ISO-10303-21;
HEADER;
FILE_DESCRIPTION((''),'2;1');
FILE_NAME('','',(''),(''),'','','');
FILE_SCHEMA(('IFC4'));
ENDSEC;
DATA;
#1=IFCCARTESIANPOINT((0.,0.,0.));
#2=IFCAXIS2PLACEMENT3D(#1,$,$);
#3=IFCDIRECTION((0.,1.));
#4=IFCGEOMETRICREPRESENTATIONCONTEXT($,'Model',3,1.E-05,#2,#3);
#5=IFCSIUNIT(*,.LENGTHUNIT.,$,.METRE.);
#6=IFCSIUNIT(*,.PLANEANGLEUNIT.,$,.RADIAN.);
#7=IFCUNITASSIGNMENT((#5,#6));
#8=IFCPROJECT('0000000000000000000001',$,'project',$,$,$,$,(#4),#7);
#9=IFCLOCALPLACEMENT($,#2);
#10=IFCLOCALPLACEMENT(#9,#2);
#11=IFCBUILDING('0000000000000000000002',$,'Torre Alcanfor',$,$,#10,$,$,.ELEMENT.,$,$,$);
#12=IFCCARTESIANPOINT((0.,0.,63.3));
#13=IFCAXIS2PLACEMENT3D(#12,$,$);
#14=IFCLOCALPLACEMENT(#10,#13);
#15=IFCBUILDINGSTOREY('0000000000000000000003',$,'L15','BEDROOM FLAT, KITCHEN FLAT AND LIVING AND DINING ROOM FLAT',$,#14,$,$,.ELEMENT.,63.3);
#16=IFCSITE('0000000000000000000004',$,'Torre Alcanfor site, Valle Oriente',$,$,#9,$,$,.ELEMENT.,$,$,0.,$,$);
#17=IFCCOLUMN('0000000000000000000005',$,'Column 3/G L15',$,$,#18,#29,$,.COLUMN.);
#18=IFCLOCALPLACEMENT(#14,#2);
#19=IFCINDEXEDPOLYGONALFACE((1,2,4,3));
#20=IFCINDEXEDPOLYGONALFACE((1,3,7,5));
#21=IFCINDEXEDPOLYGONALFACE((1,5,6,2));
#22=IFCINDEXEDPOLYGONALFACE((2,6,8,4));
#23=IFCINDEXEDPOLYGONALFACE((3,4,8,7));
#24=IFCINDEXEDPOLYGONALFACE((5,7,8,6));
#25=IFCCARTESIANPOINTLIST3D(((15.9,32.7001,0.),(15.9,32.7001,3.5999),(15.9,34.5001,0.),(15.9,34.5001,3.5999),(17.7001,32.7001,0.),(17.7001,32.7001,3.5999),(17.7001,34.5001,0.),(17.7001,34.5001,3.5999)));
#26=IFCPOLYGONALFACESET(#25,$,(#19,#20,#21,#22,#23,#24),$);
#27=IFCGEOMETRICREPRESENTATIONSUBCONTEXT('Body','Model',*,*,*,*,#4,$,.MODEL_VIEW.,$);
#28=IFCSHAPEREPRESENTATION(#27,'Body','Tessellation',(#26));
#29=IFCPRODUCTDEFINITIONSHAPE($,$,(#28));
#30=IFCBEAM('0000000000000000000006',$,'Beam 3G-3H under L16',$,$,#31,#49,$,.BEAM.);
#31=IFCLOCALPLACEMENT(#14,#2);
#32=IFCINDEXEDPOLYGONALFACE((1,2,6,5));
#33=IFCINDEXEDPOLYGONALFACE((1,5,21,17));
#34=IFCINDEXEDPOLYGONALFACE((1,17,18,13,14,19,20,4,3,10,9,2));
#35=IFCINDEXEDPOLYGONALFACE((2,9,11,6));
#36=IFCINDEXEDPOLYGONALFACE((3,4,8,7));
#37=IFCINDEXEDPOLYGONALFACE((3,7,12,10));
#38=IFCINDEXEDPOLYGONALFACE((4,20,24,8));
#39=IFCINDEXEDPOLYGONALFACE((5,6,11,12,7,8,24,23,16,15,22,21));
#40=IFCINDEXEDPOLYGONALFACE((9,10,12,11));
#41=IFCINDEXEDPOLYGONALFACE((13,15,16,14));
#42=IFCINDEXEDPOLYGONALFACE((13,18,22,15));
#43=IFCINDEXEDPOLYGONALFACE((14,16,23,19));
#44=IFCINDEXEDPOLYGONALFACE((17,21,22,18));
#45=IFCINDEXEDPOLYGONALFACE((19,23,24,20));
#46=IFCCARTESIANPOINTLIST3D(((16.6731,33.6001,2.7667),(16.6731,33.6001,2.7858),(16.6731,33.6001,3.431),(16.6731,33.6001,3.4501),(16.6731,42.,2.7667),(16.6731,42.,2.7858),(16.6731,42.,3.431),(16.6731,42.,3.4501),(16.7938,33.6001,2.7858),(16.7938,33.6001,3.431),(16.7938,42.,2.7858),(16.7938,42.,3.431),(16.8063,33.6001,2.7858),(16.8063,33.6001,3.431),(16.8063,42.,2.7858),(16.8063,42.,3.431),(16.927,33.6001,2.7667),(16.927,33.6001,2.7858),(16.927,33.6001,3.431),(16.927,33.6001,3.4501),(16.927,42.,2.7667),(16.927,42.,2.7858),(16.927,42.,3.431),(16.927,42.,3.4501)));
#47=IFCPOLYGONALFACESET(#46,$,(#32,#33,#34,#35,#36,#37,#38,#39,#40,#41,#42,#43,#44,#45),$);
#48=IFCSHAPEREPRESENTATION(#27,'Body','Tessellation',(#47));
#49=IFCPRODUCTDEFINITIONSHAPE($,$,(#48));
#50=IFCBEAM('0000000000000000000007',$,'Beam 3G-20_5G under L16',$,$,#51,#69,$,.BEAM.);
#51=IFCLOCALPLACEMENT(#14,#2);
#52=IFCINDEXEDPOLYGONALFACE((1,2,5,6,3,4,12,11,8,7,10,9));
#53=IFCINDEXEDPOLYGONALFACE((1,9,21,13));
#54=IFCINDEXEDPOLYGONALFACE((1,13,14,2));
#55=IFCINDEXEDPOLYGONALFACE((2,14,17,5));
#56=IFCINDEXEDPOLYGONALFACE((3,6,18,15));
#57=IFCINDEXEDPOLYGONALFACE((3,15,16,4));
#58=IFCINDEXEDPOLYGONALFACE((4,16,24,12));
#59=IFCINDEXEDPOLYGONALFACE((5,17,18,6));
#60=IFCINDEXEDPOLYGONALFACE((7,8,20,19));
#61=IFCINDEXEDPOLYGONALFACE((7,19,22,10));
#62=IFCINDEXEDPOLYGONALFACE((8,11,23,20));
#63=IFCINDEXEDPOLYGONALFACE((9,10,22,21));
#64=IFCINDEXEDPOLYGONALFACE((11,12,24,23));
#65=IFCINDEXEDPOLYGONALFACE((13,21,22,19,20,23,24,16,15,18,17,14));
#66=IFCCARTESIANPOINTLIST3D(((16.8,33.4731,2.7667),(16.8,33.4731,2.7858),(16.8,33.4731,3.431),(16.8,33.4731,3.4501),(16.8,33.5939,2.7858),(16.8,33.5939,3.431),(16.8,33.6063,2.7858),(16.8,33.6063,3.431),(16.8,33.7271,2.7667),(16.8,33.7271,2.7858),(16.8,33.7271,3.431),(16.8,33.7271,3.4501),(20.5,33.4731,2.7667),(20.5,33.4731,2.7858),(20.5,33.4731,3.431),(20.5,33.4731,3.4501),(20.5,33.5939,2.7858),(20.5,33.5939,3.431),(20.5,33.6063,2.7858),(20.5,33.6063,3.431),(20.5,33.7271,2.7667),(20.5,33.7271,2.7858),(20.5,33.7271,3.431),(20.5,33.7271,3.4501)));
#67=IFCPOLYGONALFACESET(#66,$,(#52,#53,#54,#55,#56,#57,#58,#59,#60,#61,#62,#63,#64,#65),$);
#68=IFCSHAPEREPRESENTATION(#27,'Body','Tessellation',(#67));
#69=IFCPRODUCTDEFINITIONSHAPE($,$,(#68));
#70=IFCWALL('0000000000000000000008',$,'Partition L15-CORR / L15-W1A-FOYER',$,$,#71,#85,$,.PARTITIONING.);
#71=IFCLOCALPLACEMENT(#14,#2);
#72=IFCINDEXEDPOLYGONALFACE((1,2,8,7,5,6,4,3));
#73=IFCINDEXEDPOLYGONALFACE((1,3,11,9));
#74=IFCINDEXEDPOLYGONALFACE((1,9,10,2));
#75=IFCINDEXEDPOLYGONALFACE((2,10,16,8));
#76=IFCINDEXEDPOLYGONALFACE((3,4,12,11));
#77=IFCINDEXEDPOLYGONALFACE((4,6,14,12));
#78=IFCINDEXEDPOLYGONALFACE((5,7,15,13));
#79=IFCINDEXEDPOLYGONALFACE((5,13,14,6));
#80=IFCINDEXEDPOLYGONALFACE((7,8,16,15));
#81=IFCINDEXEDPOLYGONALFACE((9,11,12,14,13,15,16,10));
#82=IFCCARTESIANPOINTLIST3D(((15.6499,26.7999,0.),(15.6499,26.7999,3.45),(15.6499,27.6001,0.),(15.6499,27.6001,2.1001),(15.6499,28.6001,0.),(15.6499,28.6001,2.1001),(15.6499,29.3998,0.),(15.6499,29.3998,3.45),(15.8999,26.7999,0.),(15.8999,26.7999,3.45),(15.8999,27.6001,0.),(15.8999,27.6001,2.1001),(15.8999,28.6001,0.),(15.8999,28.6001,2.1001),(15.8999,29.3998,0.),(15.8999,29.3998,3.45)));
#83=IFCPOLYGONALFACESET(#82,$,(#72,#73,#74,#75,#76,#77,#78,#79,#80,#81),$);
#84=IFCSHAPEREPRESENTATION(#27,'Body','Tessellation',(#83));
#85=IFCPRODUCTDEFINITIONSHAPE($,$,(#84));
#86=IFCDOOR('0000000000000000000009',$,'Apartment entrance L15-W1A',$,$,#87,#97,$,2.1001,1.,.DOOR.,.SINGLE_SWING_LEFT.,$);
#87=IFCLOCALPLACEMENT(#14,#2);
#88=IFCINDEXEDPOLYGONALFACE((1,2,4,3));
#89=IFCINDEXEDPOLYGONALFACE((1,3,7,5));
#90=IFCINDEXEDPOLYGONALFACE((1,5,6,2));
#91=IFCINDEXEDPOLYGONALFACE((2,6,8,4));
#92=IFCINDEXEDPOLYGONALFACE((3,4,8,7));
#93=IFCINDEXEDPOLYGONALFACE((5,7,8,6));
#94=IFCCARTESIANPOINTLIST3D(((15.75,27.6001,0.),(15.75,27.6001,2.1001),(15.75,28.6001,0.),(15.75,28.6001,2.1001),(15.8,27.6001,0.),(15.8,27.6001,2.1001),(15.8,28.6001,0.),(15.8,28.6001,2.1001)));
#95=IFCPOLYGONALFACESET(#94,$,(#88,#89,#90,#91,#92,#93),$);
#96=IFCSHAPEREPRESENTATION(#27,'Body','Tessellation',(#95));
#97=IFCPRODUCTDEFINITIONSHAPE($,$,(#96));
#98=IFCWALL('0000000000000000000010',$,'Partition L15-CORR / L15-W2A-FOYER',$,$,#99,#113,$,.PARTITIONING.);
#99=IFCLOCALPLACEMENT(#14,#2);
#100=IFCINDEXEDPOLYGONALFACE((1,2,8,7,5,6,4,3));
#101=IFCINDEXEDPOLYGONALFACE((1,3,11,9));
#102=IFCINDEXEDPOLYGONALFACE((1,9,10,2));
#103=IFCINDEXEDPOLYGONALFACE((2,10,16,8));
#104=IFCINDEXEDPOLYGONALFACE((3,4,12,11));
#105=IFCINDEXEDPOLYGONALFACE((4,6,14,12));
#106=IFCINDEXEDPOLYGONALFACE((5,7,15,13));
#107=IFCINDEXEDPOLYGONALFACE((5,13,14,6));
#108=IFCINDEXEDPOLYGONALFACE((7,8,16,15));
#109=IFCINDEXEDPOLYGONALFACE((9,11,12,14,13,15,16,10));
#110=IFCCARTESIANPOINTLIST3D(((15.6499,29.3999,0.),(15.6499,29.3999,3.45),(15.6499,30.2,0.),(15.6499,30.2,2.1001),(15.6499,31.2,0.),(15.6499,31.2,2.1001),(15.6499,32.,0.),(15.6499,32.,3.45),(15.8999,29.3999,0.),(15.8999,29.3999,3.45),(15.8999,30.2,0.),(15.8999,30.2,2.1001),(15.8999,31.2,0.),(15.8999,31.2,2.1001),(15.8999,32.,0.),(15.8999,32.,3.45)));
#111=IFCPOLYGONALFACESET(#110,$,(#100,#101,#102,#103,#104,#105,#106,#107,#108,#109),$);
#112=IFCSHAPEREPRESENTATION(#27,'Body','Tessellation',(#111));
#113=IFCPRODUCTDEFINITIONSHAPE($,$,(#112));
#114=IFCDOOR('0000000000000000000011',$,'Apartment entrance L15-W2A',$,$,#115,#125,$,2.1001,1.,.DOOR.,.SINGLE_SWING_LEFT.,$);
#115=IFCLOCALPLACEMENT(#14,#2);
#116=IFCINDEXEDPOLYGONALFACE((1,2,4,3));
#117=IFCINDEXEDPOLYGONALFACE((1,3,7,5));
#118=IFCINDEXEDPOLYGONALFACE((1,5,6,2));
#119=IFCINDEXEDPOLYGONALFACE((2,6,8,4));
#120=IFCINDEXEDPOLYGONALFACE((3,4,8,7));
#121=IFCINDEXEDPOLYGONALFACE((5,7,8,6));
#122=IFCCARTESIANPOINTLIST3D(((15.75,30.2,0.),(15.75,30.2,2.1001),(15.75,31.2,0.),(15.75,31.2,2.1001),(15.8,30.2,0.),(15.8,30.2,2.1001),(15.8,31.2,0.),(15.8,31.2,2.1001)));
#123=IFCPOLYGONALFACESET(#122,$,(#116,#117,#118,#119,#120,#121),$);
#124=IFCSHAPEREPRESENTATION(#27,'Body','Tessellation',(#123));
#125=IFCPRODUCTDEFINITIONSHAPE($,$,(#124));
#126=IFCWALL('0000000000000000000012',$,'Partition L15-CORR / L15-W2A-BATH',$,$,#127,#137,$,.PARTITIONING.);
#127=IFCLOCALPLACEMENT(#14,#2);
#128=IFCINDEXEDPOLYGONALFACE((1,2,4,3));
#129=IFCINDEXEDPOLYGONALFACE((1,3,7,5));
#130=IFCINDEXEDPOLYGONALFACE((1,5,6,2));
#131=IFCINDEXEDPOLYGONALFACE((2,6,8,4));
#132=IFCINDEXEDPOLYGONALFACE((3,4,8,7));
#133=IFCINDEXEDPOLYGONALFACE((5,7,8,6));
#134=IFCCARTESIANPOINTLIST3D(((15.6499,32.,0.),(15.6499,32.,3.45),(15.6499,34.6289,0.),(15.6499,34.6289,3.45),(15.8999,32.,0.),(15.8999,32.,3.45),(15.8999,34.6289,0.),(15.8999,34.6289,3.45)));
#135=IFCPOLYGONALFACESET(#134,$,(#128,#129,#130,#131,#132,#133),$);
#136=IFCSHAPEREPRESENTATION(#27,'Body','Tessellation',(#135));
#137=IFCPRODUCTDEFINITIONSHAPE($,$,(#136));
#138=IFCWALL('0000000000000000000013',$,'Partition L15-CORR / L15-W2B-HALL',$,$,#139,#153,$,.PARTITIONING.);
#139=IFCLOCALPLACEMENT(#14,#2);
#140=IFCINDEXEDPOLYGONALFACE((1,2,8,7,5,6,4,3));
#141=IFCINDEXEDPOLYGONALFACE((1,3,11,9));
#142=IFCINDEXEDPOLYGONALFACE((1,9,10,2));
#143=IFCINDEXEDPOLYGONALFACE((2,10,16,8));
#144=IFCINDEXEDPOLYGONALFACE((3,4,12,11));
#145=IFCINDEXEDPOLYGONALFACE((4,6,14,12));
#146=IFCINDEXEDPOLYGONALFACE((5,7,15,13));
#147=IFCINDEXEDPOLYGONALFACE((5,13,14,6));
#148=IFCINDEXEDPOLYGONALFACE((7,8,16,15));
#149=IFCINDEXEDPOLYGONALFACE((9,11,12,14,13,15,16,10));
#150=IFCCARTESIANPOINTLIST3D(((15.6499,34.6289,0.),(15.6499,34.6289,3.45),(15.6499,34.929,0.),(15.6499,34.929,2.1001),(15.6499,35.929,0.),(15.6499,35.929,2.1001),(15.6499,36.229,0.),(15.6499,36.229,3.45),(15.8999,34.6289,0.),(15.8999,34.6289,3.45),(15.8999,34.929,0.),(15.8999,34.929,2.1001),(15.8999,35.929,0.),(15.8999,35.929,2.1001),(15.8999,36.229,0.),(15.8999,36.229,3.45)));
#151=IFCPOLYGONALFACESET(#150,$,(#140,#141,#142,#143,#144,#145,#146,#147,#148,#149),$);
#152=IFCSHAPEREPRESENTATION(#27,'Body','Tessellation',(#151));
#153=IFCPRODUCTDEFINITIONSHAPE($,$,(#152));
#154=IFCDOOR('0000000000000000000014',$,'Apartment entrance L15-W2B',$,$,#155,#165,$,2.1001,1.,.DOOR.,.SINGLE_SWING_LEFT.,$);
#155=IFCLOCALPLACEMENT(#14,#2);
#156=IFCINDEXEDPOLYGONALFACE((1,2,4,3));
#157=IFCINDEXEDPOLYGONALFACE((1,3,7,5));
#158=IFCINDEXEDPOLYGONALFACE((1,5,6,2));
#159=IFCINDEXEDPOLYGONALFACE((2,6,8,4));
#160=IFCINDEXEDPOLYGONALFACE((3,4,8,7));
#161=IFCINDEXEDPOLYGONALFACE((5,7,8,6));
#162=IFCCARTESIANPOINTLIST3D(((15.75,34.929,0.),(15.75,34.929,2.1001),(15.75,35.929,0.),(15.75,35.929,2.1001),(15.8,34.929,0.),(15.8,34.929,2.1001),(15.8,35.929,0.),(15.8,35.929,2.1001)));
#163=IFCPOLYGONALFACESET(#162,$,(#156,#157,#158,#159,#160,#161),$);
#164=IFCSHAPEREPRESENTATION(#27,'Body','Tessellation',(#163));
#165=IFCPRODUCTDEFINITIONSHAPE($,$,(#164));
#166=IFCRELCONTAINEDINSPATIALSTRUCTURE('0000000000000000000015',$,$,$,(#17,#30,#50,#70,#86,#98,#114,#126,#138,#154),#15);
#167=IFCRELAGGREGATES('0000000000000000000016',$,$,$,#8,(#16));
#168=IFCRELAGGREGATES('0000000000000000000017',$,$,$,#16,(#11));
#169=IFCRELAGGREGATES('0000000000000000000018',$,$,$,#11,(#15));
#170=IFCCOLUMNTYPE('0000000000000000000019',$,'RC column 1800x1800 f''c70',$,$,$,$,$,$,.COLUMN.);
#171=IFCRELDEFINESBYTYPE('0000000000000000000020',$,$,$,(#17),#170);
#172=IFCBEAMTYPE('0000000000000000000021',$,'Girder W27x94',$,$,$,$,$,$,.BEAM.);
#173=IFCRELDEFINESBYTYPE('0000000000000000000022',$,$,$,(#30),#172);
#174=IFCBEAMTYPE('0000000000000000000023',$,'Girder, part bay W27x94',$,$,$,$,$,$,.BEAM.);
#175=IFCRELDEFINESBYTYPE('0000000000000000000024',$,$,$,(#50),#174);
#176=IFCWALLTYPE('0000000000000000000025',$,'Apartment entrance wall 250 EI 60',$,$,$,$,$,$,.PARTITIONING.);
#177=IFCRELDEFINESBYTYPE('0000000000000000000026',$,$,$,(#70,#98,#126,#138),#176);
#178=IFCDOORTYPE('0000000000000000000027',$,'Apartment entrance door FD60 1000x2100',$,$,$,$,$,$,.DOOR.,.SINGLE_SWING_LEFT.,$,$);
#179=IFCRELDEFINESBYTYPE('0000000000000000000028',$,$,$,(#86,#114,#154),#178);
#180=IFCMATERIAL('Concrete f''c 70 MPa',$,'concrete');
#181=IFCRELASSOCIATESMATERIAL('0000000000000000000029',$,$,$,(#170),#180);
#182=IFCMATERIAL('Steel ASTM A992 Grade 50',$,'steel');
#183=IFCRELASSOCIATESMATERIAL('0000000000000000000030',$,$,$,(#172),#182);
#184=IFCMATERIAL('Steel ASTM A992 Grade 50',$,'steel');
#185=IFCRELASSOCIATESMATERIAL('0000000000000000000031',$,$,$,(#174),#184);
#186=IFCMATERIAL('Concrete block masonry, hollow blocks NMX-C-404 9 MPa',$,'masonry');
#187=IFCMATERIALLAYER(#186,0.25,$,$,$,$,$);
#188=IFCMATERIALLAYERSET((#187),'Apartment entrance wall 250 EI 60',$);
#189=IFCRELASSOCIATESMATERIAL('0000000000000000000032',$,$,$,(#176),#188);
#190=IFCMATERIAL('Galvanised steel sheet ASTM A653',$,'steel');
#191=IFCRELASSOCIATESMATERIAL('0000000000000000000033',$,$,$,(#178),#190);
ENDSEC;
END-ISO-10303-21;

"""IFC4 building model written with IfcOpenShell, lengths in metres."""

from ifc_helpers import new_model, si_unit, direction, frame, frame_2d, origin, origin_2d, place, context, subcontext, project, spatial, rectangle, i_section, extrude, material, layer, layer_set, material_profile, profile_set, type_object, element, fill, save


model = new_model("IFC4")

# Units and contexts
model_context = context("Model", 3, precision=1e-05, world=origin(), true_north=direction((0.0, 1.0)))
body_context = subcontext(model_context, "Body", "Model", "MODEL_VIEW")
ifc_project = project(units=[si_unit("LENGTHUNIT", "METRE"), si_unit("PLANEANGLEUNIT", "RADIAN")], contexts=[model_context])

# Site, building, storey
site_placement = place(None, origin())
site = spatial("IfcSite", under=ifc_project, at=site_placement, Name="Torre Alcanfor site, Valle Oriente", CompositionType="ELEMENT", RefElevation=0.0)
building_placement = place(site_placement, origin())
building = spatial("IfcBuilding", under=site, at=building_placement, Name="Torre Alcanfor", CompositionType="ELEMENT")
storey_placement = place(building_placement, frame((0.0, 0.0, 63.3)))
storey = spatial("IfcBuildingStorey", under=building, at=storey_placement, Name="L15", Description="BEDROOM FLAT, KITCHEN FLAT AND LIVING AND DINING ROOM FLAT", CompositionType="ELEMENT", Elevation=63.3)

# Column
ifc_material_1 = material(Name="Concrete f'c 70 MPa", Category="concrete")
ifc_material_profile_1 = material_profile(ifc_material_1, rectangle(XDim=1.8, YDim=1.8, at=origin_2d()), Name="1800x1800")
ifc_profile_set_1 = profile_set([ifc_material_profile_1], Name="Concrete f'c 70 MPa")
column_type = type_object("IfcColumnType", Name="RC column 1800x1800 f'c70", PredefinedType="COLUMN", material=ifc_profile_set_1)
column_placement = place(storey_placement, frame((16.8, 33.6001, 0.0), z_axis=(0.0, 0.0, 1.0), x_axis=(1.0, 0.0, 0.0)))
element("IfcColumn", 1, at=column_placement, inside=storey, type_object=column_type, Name="Column 3/G L15", PredefinedType="COLUMN", context=body_context, shape_type="SweptSolid", body=[
    extrude(rectangle(XDim=1.8, YDim=1.8, at=origin_2d()), origin(), (0.0, 0.0, 1.0), 3.5999),
])

# Beams
ifc_material_2 = material(Name="Steel ASTM A992 Grade 50", Category="steel")
ifc_material_profile_2 = material_profile(ifc_material_2, i_section(OverallWidth=0.2539, OverallDepth=0.6833, WebThickness=0.0125, FlangeThickness=0.019, at=origin_2d()), Name="W27x94")
ifc_profile_set_2 = profile_set([ifc_material_profile_2], Name="Steel ASTM A992 Grade 50")
beam_type_1 = type_object("IfcBeamType", Name="Girder W27x94", PredefinedType="BEAM", material=ifc_profile_set_2)
beam_1_placement = place(storey_placement, frame((16.8, 33.6001, 3.1084), z_axis=(0.0, 1.0, 0.0), x_axis=(-1.0, 0.0, 0.0)))
element("IfcBeam", 2, at=beam_1_placement, inside=storey, type_object=beam_type_1, Name="Beam 3G-3H under L16", PredefinedType="BEAM", context=body_context, shape_type="SweptSolid", body=[
    extrude(i_section(OverallWidth=0.2539, OverallDepth=0.6833, WebThickness=0.0125, FlangeThickness=0.019, at=origin_2d()), origin(), (0.0, 0.0, 1.0), 8.3999),
])
ifc_material_3 = material(Name="Steel ASTM A992 Grade 50", Category="steel")
ifc_material_profile_3 = material_profile(ifc_material_3, i_section(OverallWidth=0.2539, OverallDepth=0.6833, WebThickness=0.0125, FlangeThickness=0.019, at=origin_2d()), Name="W27x94")
ifc_profile_set_3 = profile_set([ifc_material_profile_3], Name="Steel ASTM A992 Grade 50")
beam_type_2 = type_object("IfcBeamType", Name="Girder, part bay W27x94", PredefinedType="BEAM", material=ifc_profile_set_3)
beam_2_placement = place(storey_placement, frame((16.8, 33.6001, 3.1084), z_axis=(1.0, 0.0, 0.0), x_axis=(0.0, 1.0, 0.0)))
element("IfcBeam", 3, at=beam_2_placement, inside=storey, type_object=beam_type_2, Name="Beam 3G-20_5G under L16", PredefinedType="BEAM", context=body_context, shape_type="SweptSolid", body=[
    extrude(i_section(OverallWidth=0.2539, OverallDepth=0.6833, WebThickness=0.0125, FlangeThickness=0.019, at=origin_2d()), origin(), (0.0, 0.0, 1.0), 3.7),
])

# Walls, openings, doors
ifc_material_4 = material(Name="Concrete block masonry, hollow blocks NMX-C-404 9 MPa", Category="masonry")
ifc_layer_1 = layer(ifc_material_4, 0.25)
ifc_layer_set_1 = layer_set([ifc_layer_1], Name="Apartment entrance wall 250 EI 60")
wall_type_1 = type_object("IfcWallType", Name="Apartment entrance wall 250 EI 60", PredefinedType="PARTITIONING", material=ifc_layer_set_1)
wall_1_placement = place(storey_placement, frame((15.7749, 26.8, 0.0), z_axis=(0.0, 0.0, 1.0), x_axis=(0.0, 1.0, 0.0)))
wall_1 = element("IfcWall", 4, at=wall_1_placement, inside=storey, type_object=wall_type_1, Name="Partition L15-CORR / L15-W1A-FOYER", PredefinedType="PARTITIONING", context=body_context, shape_type="SweptSolid", body=[
    extrude(rectangle(XDim=2.5999, YDim=0.25, at=frame_2d((1.2998, 0.0))), origin(), (0.0, 0.0, 1.0), 3.45),
])
opening_1_placement = place(wall_1_placement, frame((0.8, 0.0, 0.0)))
opening_1 = element("IfcOpeningElement", 5, at=opening_1_placement, cuts=wall_1, PredefinedType="OPENING", context=body_context, shape_type="SweptSolid", body=[
    extrude(rectangle(XDim=1.0, YDim=2.1001, at=frame_2d((0.5, 1.05))), frame((0.0, 0.135, 0.0), z_axis=(0.0, -1.0, 0.0), x_axis=(1.0, 0.0, 0.0)), (0.0, 0.0, 1.0), 0.27),
])
ifc_material_5 = material(Name="Galvanised steel sheet ASTM A653", Category="steel")
door_type_1 = type_object("IfcDoorType", Name="Apartment entrance door FD60 1000x2100", OperationType="SINGLE_SWING_LEFT", PredefinedType="DOOR", material=ifc_material_5)
door_1_placement = place(opening_1_placement, origin())
door_1 = element("IfcDoor", 6, at=door_1_placement, inside=storey, type_object=door_type_1, Name="Apartment entrance L15-W1A", OperationType="SINGLE_SWING_LEFT", OverallHeight=2.1001, OverallWidth=1.0, PredefinedType="DOOR", context=body_context, shape_type="SweptSolid", body=[
    extrude(rectangle(XDim=1.0, YDim=2.1001, at=frame_2d((0.5, 1.05))), frame((0.0, 0.0249, 0.0), z_axis=(0.0, -1.0, 0.0), x_axis=(1.0, 0.0, 0.0)), (0.0, 0.0, 1.0), 0.05),
])
fill(opening_1, door_1)
wall_2_placement = place(storey_placement, frame((15.7749, 29.3999, 0.0), z_axis=(0.0, 0.0, 1.0), x_axis=(0.0, 1.0, 0.0)))
wall_2 = element("IfcWall", 7, at=wall_2_placement, inside=storey, type_object=wall_type_1, Name="Partition L15-CORR / L15-W2A-FOYER", PredefinedType="PARTITIONING", context=body_context, shape_type="SweptSolid", body=[
    extrude(rectangle(XDim=2.6001, YDim=0.25, at=frame_2d((1.3, 0.0))), origin(), (0.0, 0.0, 1.0), 3.45),
])
opening_2_placement = place(wall_2_placement, frame((0.8, 0.0, 0.0)))
opening_2 = element("IfcOpeningElement", 8, at=opening_2_placement, cuts=wall_2, PredefinedType="OPENING", context=body_context, shape_type="SweptSolid", body=[
    extrude(rectangle(XDim=1.0, YDim=2.1001, at=frame_2d((0.5, 1.05))), frame((0.0, 0.135, 0.0), z_axis=(0.0, -1.0, 0.0), x_axis=(1.0, 0.0, 0.0)), (0.0, 0.0, 1.0), 0.27),
])
door_2_placement = place(opening_2_placement, origin())
door_2 = element("IfcDoor", 9, at=door_2_placement, inside=storey, type_object=door_type_1, Name="Apartment entrance L15-W2A", OperationType="SINGLE_SWING_LEFT", OverallHeight=2.1001, OverallWidth=1.0, PredefinedType="DOOR", context=body_context, shape_type="SweptSolid", body=[
    extrude(rectangle(XDim=1.0, YDim=2.1001, at=frame_2d((0.5, 1.05))), frame((0.0, 0.0249, 0.0), z_axis=(0.0, -1.0, 0.0), x_axis=(1.0, 0.0, 0.0)), (0.0, 0.0, 1.0), 0.05),
])
fill(opening_2, door_2)

# Wall
wall_3_placement = place(storey_placement, frame((15.7749, 32.0, 0.0), z_axis=(0.0, 0.0, 1.0), x_axis=(0.0, 1.0, 0.0)))
element("IfcWall", 10, at=wall_3_placement, inside=storey, type_object=wall_type_1, Name="Partition L15-CORR / L15-W2A-BATH", PredefinedType="PARTITIONING", context=body_context, shape_type="SweptSolid", body=[
    extrude(rectangle(XDim=2.6289, YDim=0.25, at=frame_2d((1.3145, 0.0))), origin(), (0.0, 0.0, 1.0), 3.45),
])

# Wall, opening, door
wall_4_placement = place(storey_placement, frame((15.7749, 34.6289, 0.0), z_axis=(0.0, 0.0, 1.0), x_axis=(0.0, 1.0, 0.0)))
wall_4 = element("IfcWall", 11, at=wall_4_placement, inside=storey, type_object=wall_type_1, Name="Partition L15-CORR / L15-W2B-HALL", PredefinedType="PARTITIONING", context=body_context, shape_type="SweptSolid", body=[
    extrude(rectangle(XDim=1.6001, YDim=0.25, at=frame_2d((0.8, 0.0))), origin(), (0.0, 0.0, 1.0), 3.45),
])
opening_3_placement = place(wall_4_placement, frame((0.3, 0.0, 0.0)))
opening_3 = element("IfcOpeningElement", 12, at=opening_3_placement, cuts=wall_4, PredefinedType="OPENING", context=body_context, shape_type="SweptSolid", body=[
    extrude(rectangle(XDim=1.0, YDim=2.1001, at=frame_2d((0.5, 1.05))), frame((0.0, 0.135, 0.0), z_axis=(0.0, -1.0, 0.0), x_axis=(1.0, 0.0, 0.0)), (0.0, 0.0, 1.0), 0.27),
])
door_3_placement = place(opening_3_placement, origin())
door_3 = element("IfcDoor", 13, at=door_3_placement, inside=storey, type_object=door_type_1, Name="Apartment entrance L15-W2B", OperationType="SINGLE_SWING_LEFT", OverallHeight=2.1001, OverallWidth=1.0, PredefinedType="DOOR", context=body_context, shape_type="SweptSolid", body=[
    extrude(rectangle(XDim=1.0, YDim=2.1001, at=frame_2d((0.5, 1.05))), frame((0.0, 0.0249, 0.0), z_axis=(0.0, -1.0, 0.0), x_axis=(1.0, 0.0, 0.0)), (0.0, 0.0, 1.0), 0.05),
])
fill(opening_3, door_3)

save(model, "model.ifc")
